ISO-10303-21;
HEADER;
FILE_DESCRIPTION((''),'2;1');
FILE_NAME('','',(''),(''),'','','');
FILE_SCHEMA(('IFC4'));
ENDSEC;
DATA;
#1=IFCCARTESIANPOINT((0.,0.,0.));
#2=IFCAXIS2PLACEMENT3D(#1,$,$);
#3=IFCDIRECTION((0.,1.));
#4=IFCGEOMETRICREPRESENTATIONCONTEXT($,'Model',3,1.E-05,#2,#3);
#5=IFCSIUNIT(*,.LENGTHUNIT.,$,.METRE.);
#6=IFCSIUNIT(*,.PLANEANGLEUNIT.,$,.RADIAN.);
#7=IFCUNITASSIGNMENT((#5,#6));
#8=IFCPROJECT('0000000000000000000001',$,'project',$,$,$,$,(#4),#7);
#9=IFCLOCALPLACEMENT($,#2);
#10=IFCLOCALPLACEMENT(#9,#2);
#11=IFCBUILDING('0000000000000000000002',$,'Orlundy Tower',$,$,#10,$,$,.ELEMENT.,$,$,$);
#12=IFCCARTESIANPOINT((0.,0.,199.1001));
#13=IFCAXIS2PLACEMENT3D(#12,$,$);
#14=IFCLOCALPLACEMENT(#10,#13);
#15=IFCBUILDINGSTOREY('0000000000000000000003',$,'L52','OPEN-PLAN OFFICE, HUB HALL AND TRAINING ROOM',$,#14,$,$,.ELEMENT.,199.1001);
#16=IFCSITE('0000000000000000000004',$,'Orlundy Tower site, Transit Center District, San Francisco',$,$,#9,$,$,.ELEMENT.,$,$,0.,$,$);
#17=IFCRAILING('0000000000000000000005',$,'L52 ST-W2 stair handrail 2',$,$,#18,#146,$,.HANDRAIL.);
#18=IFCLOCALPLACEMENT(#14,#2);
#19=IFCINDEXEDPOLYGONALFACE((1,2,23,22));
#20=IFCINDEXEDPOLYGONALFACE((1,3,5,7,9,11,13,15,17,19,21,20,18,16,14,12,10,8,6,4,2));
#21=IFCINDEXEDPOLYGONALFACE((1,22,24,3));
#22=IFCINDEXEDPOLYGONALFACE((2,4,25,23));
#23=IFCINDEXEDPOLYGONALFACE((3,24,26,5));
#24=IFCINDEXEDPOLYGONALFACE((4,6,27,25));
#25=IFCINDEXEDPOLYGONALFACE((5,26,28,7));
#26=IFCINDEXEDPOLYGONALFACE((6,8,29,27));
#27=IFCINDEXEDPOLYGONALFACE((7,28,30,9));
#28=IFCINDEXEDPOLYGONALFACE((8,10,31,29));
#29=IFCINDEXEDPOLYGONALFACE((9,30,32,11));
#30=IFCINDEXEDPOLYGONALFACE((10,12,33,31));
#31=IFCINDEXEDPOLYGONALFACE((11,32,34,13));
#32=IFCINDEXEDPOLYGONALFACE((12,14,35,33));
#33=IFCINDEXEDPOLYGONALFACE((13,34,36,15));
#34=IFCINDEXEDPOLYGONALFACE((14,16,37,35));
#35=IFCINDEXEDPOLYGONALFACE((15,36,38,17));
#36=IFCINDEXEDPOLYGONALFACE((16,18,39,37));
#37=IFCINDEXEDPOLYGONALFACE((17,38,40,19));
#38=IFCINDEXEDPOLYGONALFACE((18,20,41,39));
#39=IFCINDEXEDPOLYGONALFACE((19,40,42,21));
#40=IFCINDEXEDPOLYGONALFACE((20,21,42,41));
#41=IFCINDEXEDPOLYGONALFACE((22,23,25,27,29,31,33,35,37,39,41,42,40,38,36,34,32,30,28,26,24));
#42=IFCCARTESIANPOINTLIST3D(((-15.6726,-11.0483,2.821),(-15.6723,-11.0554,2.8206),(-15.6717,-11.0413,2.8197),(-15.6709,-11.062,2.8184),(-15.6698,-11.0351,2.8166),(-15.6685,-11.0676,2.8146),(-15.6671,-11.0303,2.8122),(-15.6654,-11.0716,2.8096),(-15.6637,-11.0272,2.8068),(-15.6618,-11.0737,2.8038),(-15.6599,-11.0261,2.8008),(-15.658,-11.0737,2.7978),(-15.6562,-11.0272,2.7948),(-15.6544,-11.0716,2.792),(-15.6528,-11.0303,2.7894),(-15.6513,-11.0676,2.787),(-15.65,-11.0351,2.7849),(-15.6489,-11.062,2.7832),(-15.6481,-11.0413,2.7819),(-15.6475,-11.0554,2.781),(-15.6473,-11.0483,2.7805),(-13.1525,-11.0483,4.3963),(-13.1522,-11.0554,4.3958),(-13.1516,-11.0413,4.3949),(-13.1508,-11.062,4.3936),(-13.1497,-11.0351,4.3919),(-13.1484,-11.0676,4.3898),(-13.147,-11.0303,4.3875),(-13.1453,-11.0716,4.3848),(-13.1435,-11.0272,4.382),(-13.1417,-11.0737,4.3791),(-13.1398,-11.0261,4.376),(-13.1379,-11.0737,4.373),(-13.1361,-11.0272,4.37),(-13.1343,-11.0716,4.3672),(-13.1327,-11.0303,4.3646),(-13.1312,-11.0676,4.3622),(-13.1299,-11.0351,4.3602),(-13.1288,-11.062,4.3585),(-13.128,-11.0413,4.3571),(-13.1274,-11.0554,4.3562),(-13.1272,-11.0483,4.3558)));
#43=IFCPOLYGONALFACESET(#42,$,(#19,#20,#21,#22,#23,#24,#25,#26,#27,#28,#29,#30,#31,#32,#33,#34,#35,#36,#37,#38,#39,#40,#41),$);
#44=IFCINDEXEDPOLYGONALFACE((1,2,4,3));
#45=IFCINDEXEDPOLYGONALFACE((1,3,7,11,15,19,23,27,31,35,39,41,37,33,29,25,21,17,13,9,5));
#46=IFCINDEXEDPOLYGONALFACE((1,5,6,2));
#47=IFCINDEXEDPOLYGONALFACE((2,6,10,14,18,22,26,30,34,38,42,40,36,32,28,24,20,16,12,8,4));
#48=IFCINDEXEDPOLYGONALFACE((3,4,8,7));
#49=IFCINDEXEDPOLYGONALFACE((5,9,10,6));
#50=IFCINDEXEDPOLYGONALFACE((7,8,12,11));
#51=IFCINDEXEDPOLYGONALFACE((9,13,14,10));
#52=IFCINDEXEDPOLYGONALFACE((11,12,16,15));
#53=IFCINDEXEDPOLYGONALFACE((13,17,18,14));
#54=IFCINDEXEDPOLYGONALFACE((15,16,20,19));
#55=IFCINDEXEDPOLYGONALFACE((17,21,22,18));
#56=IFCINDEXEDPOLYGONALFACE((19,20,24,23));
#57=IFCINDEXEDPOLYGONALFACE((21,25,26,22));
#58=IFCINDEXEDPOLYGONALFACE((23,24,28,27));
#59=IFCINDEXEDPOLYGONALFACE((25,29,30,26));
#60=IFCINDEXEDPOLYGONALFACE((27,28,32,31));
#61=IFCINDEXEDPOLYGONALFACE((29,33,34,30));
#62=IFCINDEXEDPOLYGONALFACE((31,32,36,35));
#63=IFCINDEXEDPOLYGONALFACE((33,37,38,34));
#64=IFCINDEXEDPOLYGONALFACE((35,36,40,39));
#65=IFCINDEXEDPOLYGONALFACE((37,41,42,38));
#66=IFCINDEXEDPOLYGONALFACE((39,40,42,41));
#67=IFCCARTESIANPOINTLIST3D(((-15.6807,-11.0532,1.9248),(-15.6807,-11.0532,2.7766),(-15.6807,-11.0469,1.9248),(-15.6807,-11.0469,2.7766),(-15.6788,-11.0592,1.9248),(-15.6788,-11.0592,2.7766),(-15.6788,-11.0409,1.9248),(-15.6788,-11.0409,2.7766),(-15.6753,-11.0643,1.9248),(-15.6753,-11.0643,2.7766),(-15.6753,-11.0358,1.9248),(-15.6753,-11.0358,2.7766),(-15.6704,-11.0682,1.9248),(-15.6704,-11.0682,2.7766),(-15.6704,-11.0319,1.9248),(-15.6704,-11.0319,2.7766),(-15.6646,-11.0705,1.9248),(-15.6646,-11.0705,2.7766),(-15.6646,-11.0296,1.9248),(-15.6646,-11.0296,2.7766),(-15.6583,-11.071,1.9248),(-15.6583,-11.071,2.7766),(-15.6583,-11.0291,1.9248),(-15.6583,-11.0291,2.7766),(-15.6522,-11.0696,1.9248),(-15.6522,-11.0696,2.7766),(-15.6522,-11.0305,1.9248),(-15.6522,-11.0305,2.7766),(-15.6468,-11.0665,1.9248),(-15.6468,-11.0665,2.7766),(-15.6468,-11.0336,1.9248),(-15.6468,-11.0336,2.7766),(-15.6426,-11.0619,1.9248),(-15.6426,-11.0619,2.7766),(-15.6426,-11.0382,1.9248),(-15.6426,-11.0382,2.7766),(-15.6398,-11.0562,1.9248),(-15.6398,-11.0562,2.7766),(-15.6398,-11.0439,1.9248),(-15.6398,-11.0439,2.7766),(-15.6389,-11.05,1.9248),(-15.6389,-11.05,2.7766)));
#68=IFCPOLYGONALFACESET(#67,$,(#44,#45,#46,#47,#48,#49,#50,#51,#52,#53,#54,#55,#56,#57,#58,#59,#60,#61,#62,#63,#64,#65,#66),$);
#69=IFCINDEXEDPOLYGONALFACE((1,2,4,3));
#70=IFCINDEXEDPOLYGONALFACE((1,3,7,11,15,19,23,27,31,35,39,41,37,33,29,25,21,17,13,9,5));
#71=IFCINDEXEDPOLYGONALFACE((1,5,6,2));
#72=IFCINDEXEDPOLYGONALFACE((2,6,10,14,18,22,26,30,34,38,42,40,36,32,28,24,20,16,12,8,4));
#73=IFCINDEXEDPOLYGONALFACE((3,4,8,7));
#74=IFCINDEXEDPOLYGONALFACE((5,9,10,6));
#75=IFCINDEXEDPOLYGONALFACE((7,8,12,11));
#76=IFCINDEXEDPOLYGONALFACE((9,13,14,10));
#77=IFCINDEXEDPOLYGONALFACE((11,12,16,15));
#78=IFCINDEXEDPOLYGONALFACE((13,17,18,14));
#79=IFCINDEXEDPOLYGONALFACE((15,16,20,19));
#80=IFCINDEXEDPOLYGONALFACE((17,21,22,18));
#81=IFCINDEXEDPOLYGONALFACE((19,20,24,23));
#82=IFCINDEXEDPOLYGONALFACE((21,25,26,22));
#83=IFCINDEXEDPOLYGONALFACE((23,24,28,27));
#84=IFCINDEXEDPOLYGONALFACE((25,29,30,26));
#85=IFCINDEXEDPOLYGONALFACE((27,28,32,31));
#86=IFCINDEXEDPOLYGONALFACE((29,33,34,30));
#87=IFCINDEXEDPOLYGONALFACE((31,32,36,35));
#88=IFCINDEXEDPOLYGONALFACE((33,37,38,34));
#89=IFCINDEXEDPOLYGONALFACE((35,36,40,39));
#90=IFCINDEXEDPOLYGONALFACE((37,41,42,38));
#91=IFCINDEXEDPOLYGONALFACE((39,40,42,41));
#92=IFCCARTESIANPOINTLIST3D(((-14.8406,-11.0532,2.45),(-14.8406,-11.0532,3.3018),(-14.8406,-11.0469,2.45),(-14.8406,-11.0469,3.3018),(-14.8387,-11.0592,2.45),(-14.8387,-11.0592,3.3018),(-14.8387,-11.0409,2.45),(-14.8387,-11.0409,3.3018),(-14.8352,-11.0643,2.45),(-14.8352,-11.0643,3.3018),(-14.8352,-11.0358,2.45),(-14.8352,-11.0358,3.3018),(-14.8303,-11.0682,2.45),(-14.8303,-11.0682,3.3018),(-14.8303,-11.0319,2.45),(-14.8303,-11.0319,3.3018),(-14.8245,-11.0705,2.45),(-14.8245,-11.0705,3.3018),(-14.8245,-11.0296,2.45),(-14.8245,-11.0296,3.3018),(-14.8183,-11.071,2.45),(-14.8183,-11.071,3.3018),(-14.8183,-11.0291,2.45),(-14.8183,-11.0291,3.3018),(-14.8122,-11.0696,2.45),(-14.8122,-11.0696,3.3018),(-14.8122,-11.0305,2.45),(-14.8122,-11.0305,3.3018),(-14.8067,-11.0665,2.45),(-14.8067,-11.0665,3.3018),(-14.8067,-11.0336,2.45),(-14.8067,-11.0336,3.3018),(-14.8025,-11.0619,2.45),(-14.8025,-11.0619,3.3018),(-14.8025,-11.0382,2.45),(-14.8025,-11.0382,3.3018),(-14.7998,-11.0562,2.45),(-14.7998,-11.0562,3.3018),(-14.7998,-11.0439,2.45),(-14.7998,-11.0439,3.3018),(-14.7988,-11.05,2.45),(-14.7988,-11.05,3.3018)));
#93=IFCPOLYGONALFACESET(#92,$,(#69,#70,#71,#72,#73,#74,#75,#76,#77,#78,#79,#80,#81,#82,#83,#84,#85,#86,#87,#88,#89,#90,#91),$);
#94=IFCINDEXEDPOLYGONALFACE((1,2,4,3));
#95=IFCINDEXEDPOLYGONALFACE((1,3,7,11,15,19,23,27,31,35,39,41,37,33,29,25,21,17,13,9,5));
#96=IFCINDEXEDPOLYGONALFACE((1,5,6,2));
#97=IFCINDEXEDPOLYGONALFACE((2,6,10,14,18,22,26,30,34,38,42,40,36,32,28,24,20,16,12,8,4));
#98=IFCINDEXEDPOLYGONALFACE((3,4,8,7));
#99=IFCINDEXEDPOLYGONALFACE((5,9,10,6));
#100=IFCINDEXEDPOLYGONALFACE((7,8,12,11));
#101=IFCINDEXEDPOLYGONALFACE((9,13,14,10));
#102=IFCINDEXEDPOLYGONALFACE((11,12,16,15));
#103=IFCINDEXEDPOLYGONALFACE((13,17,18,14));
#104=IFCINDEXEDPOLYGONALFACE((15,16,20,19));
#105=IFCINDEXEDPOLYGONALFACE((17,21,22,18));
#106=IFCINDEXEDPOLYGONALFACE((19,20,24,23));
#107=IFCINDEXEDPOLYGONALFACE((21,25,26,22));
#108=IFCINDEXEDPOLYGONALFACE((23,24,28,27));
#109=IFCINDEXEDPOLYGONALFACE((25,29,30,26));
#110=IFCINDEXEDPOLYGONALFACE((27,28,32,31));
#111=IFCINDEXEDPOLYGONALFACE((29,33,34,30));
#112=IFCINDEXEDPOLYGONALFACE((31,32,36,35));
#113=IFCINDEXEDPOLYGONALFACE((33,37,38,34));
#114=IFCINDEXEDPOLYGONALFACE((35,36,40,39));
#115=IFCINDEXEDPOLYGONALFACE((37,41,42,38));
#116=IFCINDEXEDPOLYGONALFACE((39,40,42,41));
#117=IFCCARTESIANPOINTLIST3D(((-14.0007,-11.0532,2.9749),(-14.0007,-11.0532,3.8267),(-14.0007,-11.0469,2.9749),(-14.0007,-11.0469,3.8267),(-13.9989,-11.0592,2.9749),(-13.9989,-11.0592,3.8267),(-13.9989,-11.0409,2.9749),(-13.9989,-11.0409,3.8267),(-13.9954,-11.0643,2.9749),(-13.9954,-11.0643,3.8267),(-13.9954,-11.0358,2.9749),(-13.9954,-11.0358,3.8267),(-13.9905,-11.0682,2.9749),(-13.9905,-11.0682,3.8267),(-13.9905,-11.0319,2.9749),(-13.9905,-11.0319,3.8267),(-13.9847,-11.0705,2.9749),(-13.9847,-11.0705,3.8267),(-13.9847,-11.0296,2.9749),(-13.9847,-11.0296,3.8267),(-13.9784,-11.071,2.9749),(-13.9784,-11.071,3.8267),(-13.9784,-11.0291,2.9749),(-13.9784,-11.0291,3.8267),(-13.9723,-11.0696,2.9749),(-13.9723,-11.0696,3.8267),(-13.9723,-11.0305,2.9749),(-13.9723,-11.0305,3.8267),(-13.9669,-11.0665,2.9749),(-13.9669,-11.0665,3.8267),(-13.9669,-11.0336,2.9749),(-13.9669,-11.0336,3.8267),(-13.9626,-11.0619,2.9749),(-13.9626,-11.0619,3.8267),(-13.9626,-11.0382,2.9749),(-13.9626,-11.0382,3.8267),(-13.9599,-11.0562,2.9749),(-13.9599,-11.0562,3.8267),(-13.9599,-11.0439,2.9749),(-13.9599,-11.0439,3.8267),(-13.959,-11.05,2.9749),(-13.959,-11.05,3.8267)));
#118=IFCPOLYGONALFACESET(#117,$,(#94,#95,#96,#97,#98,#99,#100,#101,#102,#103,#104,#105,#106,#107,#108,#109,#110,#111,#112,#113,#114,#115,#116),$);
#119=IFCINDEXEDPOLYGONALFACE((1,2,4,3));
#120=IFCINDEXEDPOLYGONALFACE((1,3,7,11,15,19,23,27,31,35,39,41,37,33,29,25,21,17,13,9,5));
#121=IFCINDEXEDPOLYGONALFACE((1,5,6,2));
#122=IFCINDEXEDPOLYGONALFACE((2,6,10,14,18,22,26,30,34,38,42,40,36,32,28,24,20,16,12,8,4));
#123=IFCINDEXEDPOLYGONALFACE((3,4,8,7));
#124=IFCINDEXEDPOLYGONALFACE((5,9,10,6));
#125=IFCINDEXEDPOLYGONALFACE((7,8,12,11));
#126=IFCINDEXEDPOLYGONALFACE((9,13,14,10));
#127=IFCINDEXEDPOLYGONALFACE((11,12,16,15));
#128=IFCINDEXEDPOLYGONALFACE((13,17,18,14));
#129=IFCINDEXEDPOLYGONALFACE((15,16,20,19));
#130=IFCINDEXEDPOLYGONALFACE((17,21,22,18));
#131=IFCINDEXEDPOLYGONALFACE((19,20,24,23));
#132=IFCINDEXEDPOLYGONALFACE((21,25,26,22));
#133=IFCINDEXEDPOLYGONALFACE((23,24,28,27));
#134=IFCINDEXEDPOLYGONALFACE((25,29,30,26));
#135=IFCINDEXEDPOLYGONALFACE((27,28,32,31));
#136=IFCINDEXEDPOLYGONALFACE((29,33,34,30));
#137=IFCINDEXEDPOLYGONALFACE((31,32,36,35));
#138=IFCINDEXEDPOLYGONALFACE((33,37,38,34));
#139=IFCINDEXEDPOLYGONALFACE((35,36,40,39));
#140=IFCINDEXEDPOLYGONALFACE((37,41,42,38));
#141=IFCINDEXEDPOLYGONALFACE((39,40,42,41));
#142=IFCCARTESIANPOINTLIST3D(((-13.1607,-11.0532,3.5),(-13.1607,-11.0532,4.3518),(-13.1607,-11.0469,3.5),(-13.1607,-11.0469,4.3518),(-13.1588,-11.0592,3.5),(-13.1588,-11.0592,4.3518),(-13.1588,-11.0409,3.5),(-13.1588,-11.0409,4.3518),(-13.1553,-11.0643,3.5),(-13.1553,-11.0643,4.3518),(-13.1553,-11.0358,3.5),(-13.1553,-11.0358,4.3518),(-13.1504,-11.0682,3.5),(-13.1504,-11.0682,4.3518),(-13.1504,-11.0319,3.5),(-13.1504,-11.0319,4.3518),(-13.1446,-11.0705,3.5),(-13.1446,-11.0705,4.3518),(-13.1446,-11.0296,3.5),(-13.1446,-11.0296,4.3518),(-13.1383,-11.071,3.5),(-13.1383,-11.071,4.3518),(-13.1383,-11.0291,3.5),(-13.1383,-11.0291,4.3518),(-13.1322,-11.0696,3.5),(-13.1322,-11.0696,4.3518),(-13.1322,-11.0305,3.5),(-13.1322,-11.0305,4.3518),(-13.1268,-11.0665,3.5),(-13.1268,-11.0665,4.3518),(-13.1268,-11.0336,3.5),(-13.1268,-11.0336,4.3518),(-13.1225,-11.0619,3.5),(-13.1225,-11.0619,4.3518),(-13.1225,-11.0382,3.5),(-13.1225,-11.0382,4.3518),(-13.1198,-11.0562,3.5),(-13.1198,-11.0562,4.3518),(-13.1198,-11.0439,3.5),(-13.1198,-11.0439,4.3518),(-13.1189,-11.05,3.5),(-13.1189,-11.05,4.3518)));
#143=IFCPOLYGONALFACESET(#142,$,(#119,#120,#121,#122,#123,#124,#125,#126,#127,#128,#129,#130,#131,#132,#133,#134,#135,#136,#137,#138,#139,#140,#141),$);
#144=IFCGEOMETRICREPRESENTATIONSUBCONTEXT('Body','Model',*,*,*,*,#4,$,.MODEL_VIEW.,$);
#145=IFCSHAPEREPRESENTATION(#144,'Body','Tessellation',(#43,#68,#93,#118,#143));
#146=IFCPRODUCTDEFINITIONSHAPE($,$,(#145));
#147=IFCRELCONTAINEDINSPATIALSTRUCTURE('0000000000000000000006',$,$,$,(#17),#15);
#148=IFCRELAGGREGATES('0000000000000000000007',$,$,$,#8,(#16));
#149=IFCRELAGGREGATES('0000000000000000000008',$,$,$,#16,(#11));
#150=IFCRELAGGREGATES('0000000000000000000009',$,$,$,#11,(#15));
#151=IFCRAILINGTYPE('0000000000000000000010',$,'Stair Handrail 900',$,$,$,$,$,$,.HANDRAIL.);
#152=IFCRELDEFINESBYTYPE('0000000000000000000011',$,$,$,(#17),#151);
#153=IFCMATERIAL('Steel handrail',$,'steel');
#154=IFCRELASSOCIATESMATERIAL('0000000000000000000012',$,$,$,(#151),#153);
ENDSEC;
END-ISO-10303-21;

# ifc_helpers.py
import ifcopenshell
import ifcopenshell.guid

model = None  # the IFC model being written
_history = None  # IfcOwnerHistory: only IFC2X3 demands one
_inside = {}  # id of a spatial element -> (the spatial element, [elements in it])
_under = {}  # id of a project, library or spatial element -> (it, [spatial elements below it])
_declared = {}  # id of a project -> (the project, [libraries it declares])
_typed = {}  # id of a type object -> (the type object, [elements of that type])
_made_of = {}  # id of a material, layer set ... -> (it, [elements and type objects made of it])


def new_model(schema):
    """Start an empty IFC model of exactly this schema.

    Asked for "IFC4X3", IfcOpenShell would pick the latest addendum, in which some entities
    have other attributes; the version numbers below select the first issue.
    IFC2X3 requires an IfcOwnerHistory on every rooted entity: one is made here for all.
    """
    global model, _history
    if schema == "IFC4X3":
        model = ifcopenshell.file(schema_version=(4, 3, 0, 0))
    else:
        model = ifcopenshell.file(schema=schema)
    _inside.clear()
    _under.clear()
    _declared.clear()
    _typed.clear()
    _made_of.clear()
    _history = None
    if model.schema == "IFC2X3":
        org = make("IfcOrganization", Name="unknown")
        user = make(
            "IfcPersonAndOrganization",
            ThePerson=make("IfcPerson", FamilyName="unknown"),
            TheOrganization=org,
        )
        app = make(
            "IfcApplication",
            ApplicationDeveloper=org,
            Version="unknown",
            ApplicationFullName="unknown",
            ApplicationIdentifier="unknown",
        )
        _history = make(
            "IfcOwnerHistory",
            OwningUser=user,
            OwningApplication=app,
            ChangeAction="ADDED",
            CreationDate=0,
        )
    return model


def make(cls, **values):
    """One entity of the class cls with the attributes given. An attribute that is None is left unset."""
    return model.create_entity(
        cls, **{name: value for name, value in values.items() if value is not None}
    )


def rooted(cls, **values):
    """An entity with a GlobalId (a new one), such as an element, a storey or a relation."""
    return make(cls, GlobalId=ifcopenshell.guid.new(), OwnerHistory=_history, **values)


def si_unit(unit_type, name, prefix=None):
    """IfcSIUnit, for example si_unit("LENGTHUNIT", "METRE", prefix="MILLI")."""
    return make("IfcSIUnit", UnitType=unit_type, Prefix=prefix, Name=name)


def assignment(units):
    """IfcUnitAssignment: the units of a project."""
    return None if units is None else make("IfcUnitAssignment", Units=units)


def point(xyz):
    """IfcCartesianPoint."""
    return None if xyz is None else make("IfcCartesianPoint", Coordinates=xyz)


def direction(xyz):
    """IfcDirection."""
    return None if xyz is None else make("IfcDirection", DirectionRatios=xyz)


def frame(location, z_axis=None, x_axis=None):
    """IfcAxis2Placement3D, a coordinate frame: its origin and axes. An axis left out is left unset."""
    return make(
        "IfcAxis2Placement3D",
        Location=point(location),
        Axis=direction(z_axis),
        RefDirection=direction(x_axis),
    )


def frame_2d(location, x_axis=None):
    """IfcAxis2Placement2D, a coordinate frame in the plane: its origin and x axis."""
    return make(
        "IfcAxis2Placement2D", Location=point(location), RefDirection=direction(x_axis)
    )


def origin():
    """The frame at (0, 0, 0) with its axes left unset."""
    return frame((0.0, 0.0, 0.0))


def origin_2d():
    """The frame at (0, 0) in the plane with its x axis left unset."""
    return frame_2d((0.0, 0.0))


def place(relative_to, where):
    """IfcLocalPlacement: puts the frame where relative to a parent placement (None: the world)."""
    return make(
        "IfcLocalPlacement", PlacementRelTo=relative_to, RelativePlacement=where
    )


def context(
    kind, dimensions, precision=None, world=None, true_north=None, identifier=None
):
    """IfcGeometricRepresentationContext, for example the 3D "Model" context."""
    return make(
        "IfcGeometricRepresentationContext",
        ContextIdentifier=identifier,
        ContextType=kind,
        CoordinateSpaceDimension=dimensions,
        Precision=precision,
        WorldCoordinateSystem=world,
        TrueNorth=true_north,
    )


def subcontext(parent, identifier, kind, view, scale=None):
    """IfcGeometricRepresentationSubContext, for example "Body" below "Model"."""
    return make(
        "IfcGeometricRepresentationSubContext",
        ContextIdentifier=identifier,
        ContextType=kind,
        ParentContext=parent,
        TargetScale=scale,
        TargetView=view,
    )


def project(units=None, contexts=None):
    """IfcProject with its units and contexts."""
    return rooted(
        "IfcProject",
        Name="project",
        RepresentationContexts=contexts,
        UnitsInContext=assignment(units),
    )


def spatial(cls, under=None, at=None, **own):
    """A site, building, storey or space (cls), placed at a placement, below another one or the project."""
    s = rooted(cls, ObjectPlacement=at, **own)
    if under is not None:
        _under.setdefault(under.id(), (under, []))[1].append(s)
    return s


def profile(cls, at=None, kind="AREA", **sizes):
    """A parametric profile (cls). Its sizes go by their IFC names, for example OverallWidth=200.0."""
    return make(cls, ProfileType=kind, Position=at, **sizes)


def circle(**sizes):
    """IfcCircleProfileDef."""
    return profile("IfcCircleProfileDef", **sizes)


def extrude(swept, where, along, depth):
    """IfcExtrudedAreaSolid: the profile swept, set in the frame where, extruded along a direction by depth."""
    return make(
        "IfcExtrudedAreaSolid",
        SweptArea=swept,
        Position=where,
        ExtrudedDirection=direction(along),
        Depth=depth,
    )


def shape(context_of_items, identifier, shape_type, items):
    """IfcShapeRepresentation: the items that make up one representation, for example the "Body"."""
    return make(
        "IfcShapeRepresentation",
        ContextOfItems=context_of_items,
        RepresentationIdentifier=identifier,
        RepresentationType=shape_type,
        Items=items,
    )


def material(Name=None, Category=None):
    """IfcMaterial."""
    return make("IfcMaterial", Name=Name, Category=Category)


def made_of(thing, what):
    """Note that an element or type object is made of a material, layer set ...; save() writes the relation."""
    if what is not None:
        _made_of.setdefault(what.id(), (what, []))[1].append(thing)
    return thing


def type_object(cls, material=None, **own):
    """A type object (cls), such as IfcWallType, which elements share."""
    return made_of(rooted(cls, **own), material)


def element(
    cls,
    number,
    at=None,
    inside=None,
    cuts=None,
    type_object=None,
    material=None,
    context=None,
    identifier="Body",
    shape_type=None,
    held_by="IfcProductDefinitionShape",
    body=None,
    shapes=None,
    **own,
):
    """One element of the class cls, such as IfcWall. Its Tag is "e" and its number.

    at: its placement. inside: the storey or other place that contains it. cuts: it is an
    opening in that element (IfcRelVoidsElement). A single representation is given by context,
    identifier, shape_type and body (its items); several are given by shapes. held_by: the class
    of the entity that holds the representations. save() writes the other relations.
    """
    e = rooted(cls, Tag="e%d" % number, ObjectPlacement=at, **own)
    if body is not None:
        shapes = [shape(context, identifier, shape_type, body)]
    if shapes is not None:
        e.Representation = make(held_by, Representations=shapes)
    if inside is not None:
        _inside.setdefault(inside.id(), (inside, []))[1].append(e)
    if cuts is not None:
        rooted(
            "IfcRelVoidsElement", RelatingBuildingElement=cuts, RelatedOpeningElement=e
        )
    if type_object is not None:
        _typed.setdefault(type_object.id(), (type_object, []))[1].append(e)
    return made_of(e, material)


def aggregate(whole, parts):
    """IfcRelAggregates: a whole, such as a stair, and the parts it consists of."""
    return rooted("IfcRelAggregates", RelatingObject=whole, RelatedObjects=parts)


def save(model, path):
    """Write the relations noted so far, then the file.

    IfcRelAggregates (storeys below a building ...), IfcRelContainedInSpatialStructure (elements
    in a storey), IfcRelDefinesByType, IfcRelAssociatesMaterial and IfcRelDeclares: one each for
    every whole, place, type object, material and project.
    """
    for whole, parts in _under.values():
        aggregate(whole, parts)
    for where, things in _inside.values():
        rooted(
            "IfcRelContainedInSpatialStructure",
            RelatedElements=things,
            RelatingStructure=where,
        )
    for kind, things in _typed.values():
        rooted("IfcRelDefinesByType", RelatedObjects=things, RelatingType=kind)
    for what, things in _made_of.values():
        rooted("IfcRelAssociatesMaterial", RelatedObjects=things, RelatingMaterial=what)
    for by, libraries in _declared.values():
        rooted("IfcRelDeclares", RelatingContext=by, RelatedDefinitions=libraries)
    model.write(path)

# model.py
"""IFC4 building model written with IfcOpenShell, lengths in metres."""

from ifc_helpers import new_model, si_unit, direction, frame, origin, origin_2d, place, context, subcontext, project, spatial, circle, extrude, material, type_object, element, save


model = new_model("IFC4")

# Units and contexts
model_context = context("Model", 3, precision=1e-05, world=origin(), true_north=direction((0.0, 1.0)))
body_context = subcontext(model_context, "Body", "Model", "MODEL_VIEW")
ifc_project = project(units=[si_unit("LENGTHUNIT", "METRE"), si_unit("PLANEANGLEUNIT", "RADIAN")], contexts=[model_context])

# Site, building, storey
site_placement = place(None, origin())
site = spatial("IfcSite", under=ifc_project, at=site_placement, Name="Orlundy Tower site, Transit Center District, San Francisco", CompositionType="ELEMENT", RefElevation=0.0)
building_placement = place(site_placement, origin())
building = spatial("IfcBuilding", under=site, at=building_placement, Name="Orlundy Tower", CompositionType="ELEMENT")
storey_placement = place(building_placement, frame((0.0, 0.0, 199.1001)))
storey = spatial("IfcBuildingStorey", under=building, at=storey_placement, Name="L52", Description="OPEN-PLAN OFFICE, HUB HALL AND TRAINING ROOM", CompositionType="ELEMENT", Elevation=199.1001)

# Railing
ifc_material_1 = material(Name="Steel handrail", Category="steel")
railing_type = type_object("IfcRailingType", Name="Stair Handrail 900", PredefinedType="HANDRAIL", material=ifc_material_1)
railing_placement = place(storey_placement, frame((-15.6599, -11.05, 1.9248)))
element("IfcRailing", 1, at=railing_placement, inside=storey, type_object=railing_type, Name="L52 ST-W2 stair handrail 2", PredefinedType="HANDRAIL", context=body_context, shape_type="SweptSolid", body=[
    extrude(circle(Radius=0.0239, at=origin_2d()), frame((0.0, 0.0, 0.876), z_axis=(0.847971, 0.0, 0.530043), x_axis=(0.0, 1.0, 0.0)), (0.0, 0.0, 1.0), 2.9719),
    extrude(circle(Radius=0.021, at=origin_2d()), origin(), (0.0, 0.0, 1.0), 0.8518),
    extrude(circle(Radius=0.021, at=origin_2d()), frame((0.8401, 0.0, 0.5251)), (0.0, 0.0, 1.0), 0.8518),
    extrude(circle(Radius=0.021, at=origin_2d()), frame((1.6799, 0.0, 1.05)), (0.0, 0.0, 1.0), 0.8518),
    extrude(circle(Radius=0.021, at=origin_2d()), frame((2.52, 0.0, 1.5752)), (0.0, 0.0, 1.0), 0.8518),
])

save(model, "model.ifc")
